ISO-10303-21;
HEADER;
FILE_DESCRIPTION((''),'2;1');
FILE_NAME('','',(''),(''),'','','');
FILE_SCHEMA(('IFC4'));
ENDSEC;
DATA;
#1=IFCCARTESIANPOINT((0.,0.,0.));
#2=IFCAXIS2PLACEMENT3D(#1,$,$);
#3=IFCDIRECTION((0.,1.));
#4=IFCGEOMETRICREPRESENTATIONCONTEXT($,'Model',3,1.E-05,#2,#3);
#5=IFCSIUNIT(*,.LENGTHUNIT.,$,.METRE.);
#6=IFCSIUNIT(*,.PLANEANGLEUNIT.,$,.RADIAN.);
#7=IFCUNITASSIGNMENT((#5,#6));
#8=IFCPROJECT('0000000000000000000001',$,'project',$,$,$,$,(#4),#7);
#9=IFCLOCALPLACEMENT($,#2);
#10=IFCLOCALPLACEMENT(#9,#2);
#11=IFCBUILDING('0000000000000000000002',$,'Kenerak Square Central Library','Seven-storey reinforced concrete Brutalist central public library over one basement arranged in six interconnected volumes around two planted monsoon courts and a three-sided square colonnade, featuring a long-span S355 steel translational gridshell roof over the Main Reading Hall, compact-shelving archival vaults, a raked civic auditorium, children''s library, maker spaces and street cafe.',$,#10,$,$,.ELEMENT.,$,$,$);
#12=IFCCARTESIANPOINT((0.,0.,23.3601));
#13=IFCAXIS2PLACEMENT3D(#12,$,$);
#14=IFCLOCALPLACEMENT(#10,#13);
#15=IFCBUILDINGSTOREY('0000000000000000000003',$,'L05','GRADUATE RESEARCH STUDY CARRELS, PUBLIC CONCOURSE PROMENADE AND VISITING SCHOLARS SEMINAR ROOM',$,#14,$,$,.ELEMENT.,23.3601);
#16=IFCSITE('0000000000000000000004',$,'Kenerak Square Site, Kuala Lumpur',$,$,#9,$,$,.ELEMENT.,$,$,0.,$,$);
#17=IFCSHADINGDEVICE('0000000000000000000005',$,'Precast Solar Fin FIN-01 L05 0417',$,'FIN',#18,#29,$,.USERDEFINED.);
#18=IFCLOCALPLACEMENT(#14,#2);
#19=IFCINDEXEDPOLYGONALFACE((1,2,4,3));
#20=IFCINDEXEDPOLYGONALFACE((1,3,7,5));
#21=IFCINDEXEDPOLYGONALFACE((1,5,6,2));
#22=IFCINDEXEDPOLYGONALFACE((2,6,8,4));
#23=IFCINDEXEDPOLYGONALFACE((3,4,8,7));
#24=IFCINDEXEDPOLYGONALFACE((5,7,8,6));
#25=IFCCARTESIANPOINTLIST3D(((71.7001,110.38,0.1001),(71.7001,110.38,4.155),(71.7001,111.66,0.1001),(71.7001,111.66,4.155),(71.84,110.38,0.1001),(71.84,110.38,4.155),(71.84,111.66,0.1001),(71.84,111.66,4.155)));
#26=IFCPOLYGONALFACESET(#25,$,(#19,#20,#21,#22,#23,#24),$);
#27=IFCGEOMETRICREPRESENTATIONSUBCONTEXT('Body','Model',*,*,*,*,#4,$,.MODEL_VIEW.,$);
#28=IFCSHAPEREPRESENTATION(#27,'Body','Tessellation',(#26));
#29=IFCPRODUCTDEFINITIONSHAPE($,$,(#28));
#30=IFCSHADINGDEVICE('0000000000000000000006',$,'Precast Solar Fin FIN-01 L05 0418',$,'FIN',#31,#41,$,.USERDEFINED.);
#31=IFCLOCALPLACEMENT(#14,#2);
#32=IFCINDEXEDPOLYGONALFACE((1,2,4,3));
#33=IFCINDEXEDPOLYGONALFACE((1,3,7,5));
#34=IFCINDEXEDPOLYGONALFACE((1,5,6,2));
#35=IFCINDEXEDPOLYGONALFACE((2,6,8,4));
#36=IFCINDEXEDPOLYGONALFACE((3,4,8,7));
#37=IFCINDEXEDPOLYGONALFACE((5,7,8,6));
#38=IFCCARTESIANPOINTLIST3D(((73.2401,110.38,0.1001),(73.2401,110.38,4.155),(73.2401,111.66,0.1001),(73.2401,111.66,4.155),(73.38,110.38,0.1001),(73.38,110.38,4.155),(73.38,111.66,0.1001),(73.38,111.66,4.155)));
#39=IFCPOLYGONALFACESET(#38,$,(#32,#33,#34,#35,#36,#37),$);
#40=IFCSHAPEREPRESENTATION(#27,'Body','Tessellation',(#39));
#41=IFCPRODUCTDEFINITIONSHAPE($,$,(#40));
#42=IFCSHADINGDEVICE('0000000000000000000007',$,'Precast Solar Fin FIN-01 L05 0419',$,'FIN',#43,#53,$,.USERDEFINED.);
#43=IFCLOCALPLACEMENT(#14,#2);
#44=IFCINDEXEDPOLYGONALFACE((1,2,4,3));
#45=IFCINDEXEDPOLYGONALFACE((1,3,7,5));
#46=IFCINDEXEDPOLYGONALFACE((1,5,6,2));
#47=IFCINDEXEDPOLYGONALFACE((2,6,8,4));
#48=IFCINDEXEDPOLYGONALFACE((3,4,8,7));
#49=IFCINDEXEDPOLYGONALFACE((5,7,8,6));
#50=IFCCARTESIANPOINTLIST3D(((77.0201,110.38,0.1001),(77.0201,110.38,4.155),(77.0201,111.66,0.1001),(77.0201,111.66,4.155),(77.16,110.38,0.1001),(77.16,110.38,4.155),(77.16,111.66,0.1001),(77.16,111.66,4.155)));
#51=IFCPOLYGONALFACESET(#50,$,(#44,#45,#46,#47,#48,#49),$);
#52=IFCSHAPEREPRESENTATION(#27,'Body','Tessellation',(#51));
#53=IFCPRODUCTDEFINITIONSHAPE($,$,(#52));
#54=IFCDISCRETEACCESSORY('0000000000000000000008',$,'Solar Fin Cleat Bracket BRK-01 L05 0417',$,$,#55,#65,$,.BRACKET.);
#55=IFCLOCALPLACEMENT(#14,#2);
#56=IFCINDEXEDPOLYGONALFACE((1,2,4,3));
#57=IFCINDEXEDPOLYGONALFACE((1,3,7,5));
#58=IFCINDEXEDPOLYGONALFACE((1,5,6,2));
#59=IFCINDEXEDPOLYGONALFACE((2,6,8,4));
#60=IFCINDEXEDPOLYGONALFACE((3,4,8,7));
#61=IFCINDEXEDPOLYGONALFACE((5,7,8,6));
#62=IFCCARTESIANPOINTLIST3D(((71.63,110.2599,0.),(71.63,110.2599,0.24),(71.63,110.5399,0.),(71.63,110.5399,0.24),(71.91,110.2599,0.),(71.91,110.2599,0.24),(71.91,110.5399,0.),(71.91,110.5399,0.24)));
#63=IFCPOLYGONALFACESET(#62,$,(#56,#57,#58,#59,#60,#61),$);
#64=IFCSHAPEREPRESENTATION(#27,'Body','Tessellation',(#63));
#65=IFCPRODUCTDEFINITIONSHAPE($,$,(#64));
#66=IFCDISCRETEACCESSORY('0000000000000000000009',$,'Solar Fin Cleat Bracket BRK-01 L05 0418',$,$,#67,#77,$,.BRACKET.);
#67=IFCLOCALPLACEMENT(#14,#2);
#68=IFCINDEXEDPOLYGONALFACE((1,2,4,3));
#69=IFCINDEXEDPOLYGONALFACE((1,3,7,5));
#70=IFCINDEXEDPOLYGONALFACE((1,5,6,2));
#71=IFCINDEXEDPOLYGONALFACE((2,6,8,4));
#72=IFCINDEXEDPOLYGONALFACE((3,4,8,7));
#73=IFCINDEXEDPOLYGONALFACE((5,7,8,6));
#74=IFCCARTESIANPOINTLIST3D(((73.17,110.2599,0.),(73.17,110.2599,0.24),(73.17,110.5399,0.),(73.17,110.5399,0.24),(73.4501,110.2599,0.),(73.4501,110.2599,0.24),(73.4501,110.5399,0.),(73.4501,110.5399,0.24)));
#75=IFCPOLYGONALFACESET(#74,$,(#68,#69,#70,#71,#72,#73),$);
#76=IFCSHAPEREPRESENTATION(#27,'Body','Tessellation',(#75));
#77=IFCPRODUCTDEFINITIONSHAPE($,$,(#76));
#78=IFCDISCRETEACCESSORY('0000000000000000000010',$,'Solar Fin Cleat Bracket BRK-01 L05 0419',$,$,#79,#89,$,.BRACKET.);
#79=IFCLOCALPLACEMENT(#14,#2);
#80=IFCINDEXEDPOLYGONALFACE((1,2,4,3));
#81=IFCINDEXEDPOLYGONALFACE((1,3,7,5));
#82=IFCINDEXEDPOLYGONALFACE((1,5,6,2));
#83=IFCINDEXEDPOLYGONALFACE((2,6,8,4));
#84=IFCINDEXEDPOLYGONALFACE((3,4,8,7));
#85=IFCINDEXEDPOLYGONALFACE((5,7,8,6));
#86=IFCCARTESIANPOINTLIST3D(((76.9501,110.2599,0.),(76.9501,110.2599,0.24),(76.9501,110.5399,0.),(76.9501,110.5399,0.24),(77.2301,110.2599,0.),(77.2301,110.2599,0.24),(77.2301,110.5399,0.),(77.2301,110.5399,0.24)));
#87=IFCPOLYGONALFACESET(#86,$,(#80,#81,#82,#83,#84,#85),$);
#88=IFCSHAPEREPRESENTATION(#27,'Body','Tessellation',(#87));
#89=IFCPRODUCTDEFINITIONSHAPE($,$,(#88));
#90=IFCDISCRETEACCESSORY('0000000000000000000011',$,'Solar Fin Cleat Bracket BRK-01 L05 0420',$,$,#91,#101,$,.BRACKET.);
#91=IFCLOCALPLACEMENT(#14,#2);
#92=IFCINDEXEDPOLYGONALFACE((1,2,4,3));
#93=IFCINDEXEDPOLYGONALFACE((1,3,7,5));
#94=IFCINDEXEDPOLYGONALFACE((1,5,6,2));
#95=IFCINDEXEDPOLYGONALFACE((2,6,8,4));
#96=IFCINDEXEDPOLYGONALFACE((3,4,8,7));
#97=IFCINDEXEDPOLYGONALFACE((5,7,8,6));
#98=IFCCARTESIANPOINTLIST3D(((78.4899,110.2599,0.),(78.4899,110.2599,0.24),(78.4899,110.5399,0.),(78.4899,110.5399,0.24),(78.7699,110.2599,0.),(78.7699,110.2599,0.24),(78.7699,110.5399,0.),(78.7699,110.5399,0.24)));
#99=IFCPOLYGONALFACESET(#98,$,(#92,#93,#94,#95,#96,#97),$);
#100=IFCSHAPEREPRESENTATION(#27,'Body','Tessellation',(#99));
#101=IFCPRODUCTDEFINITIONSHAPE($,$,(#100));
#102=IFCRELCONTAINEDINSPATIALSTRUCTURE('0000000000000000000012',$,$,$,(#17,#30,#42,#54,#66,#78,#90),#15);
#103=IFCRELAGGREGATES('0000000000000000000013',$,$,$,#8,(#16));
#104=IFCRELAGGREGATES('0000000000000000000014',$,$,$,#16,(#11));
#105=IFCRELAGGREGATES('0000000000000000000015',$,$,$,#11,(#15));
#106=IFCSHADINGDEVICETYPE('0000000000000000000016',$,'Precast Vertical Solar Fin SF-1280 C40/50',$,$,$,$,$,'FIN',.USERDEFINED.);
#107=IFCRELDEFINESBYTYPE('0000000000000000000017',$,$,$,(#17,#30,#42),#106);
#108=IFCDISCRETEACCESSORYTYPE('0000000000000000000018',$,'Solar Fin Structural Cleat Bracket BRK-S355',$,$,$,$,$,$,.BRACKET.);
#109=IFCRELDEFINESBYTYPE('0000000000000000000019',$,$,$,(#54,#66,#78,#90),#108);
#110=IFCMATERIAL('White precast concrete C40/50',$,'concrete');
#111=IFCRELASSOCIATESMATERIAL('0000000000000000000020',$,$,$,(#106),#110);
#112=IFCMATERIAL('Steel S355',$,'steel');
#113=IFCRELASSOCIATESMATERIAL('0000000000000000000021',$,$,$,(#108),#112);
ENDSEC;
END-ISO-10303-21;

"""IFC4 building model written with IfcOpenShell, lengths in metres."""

from ifc_helpers import new_model, si_unit, direction, frame, origin, origin_2d, place, context, subcontext, project, spatial, rectangle, extrude, material, type_object, element, save


model = new_model("IFC4")

# Units and contexts
model_context = context("Model", 3, precision=1e-05, world=origin(), true_north=direction((0.0, 1.0)))
body_context = subcontext(model_context, "Body", "Model", "MODEL_VIEW")
ifc_project = project(units=[si_unit("LENGTHUNIT", "METRE"), si_unit("PLANEANGLEUNIT", "RADIAN")], contexts=[model_context])

# Site, building, storey
site_placement = place(None, origin())
site = spatial("IfcSite", under=ifc_project, at=site_placement, Name="Kenerak Square Site, Kuala Lumpur", CompositionType="ELEMENT", RefElevation=0.0)
building_placement = place(site_placement, origin())
building = spatial("IfcBuilding", under=site, at=building_placement, Name="Kenerak Square Central Library", Description="Seven-storey reinforced concrete Brutalist central public library over one basement arranged in six interconnected volumes around two planted monsoon courts and a three-sided square colonnade, featuring a long-span S355 steel translational gridshell roof over the Main Reading Hall, compact-shelving archival vaults, a raked civic auditorium, children's library, maker spaces and street cafe.", CompositionType="ELEMENT")
storey_placement = place(building_placement, frame((0.0, 0.0, 23.3601)))
storey = spatial("IfcBuildingStorey", under=building, at=storey_placement, Name="L05", Description="GRADUATE RESEARCH STUDY CARRELS, PUBLIC CONCOURSE PROMENADE AND VISITING SCHOLARS SEMINAR ROOM", CompositionType="ELEMENT", Elevation=23.3601)

# Shading devices
ifc_material_1 = material(Name="White precast concrete C40/50", Category="concrete")
shading_device_type = type_object("IfcShadingDeviceType", Name="Precast Vertical Solar Fin SF-1280 C40/50", ElementType="FIN", PredefinedType="USERDEFINED", material=ifc_material_1)
for number, where, z_axis, x_axis, name in (
    (1, (71.77, 111.02, 0.1001), (0.0, 0.0, 1.0), (1.0, 0.0, 0.0), "Precast Solar Fin FIN-01 L05 0417"),
    (2, (73.3101, 111.02, 0.1001), (0.0, 0.0, 1.0), (1.0, 0.0, 0.0), "Precast Solar Fin FIN-01 L05 0418"),
    (3, (77.0901, 111.02, 0.1001), (0.0, 0.0, 1.0), (1.0, 0.0, 0.0), "Precast Solar Fin FIN-01 L05 0419"),
):
    element("IfcShadingDevice", number, at=place(storey_placement, frame(where, z_axis=z_axis, x_axis=x_axis)), inside=storey, type_object=shading_device_type, Name=name, ObjectType="FIN", PredefinedType="USERDEFINED", context=body_context, shape_type="SweptSolid", body=[
        extrude(rectangle(XDim=0.1399, YDim=1.28, at=origin_2d()), origin(), (0.0, 0.0, 1.0), 4.0549),
    ])

# Discrete accessories
ifc_material_2 = material(Name="Steel S355", Category="steel")
discrete_accessory_type = type_object("IfcDiscreteAccessoryType", Name="Solar Fin Structural Cleat Bracket BRK-S355", PredefinedType="BRACKET", material=ifc_material_2)
for number, where, z_axis, x_axis, name in (
    (4, (71.77, 110.3999, 0.0), (0.0, 0.0, 1.0), (1.0, 0.0, 0.0), "Solar Fin Cleat Bracket BRK-01 L05 0417"),
    (5, (73.3101, 110.3999, 0.0), (0.0, 0.0, 1.0), (1.0, 0.0, 0.0), "Solar Fin Cleat Bracket BRK-01 L05 0418"),
    (6, (77.0901, 110.3999, 0.0), (0.0, 0.0, 1.0), (1.0, 0.0, 0.0), "Solar Fin Cleat Bracket BRK-01 L05 0419"),
    (7, (78.6299, 110.3999, 0.0), (0.0, 0.0, 1.0), (1.0, 0.0, 0.0), "Solar Fin Cleat Bracket BRK-01 L05 0420"),
):
    element("IfcDiscreteAccessory", number, at=place(storey_placement, frame(where, z_axis=z_axis, x_axis=x_axis)), inside=storey, type_object=discrete_accessory_type, Name=name, PredefinedType="BRACKET", context=body_context, shape_type="SweptSolid", body=[
        extrude(rectangle(XDim=0.28, YDim=0.28, at=origin_2d()), origin(), (0.0, 0.0, 1.0), 0.24),
    ])

save(model, "model.ifc")
